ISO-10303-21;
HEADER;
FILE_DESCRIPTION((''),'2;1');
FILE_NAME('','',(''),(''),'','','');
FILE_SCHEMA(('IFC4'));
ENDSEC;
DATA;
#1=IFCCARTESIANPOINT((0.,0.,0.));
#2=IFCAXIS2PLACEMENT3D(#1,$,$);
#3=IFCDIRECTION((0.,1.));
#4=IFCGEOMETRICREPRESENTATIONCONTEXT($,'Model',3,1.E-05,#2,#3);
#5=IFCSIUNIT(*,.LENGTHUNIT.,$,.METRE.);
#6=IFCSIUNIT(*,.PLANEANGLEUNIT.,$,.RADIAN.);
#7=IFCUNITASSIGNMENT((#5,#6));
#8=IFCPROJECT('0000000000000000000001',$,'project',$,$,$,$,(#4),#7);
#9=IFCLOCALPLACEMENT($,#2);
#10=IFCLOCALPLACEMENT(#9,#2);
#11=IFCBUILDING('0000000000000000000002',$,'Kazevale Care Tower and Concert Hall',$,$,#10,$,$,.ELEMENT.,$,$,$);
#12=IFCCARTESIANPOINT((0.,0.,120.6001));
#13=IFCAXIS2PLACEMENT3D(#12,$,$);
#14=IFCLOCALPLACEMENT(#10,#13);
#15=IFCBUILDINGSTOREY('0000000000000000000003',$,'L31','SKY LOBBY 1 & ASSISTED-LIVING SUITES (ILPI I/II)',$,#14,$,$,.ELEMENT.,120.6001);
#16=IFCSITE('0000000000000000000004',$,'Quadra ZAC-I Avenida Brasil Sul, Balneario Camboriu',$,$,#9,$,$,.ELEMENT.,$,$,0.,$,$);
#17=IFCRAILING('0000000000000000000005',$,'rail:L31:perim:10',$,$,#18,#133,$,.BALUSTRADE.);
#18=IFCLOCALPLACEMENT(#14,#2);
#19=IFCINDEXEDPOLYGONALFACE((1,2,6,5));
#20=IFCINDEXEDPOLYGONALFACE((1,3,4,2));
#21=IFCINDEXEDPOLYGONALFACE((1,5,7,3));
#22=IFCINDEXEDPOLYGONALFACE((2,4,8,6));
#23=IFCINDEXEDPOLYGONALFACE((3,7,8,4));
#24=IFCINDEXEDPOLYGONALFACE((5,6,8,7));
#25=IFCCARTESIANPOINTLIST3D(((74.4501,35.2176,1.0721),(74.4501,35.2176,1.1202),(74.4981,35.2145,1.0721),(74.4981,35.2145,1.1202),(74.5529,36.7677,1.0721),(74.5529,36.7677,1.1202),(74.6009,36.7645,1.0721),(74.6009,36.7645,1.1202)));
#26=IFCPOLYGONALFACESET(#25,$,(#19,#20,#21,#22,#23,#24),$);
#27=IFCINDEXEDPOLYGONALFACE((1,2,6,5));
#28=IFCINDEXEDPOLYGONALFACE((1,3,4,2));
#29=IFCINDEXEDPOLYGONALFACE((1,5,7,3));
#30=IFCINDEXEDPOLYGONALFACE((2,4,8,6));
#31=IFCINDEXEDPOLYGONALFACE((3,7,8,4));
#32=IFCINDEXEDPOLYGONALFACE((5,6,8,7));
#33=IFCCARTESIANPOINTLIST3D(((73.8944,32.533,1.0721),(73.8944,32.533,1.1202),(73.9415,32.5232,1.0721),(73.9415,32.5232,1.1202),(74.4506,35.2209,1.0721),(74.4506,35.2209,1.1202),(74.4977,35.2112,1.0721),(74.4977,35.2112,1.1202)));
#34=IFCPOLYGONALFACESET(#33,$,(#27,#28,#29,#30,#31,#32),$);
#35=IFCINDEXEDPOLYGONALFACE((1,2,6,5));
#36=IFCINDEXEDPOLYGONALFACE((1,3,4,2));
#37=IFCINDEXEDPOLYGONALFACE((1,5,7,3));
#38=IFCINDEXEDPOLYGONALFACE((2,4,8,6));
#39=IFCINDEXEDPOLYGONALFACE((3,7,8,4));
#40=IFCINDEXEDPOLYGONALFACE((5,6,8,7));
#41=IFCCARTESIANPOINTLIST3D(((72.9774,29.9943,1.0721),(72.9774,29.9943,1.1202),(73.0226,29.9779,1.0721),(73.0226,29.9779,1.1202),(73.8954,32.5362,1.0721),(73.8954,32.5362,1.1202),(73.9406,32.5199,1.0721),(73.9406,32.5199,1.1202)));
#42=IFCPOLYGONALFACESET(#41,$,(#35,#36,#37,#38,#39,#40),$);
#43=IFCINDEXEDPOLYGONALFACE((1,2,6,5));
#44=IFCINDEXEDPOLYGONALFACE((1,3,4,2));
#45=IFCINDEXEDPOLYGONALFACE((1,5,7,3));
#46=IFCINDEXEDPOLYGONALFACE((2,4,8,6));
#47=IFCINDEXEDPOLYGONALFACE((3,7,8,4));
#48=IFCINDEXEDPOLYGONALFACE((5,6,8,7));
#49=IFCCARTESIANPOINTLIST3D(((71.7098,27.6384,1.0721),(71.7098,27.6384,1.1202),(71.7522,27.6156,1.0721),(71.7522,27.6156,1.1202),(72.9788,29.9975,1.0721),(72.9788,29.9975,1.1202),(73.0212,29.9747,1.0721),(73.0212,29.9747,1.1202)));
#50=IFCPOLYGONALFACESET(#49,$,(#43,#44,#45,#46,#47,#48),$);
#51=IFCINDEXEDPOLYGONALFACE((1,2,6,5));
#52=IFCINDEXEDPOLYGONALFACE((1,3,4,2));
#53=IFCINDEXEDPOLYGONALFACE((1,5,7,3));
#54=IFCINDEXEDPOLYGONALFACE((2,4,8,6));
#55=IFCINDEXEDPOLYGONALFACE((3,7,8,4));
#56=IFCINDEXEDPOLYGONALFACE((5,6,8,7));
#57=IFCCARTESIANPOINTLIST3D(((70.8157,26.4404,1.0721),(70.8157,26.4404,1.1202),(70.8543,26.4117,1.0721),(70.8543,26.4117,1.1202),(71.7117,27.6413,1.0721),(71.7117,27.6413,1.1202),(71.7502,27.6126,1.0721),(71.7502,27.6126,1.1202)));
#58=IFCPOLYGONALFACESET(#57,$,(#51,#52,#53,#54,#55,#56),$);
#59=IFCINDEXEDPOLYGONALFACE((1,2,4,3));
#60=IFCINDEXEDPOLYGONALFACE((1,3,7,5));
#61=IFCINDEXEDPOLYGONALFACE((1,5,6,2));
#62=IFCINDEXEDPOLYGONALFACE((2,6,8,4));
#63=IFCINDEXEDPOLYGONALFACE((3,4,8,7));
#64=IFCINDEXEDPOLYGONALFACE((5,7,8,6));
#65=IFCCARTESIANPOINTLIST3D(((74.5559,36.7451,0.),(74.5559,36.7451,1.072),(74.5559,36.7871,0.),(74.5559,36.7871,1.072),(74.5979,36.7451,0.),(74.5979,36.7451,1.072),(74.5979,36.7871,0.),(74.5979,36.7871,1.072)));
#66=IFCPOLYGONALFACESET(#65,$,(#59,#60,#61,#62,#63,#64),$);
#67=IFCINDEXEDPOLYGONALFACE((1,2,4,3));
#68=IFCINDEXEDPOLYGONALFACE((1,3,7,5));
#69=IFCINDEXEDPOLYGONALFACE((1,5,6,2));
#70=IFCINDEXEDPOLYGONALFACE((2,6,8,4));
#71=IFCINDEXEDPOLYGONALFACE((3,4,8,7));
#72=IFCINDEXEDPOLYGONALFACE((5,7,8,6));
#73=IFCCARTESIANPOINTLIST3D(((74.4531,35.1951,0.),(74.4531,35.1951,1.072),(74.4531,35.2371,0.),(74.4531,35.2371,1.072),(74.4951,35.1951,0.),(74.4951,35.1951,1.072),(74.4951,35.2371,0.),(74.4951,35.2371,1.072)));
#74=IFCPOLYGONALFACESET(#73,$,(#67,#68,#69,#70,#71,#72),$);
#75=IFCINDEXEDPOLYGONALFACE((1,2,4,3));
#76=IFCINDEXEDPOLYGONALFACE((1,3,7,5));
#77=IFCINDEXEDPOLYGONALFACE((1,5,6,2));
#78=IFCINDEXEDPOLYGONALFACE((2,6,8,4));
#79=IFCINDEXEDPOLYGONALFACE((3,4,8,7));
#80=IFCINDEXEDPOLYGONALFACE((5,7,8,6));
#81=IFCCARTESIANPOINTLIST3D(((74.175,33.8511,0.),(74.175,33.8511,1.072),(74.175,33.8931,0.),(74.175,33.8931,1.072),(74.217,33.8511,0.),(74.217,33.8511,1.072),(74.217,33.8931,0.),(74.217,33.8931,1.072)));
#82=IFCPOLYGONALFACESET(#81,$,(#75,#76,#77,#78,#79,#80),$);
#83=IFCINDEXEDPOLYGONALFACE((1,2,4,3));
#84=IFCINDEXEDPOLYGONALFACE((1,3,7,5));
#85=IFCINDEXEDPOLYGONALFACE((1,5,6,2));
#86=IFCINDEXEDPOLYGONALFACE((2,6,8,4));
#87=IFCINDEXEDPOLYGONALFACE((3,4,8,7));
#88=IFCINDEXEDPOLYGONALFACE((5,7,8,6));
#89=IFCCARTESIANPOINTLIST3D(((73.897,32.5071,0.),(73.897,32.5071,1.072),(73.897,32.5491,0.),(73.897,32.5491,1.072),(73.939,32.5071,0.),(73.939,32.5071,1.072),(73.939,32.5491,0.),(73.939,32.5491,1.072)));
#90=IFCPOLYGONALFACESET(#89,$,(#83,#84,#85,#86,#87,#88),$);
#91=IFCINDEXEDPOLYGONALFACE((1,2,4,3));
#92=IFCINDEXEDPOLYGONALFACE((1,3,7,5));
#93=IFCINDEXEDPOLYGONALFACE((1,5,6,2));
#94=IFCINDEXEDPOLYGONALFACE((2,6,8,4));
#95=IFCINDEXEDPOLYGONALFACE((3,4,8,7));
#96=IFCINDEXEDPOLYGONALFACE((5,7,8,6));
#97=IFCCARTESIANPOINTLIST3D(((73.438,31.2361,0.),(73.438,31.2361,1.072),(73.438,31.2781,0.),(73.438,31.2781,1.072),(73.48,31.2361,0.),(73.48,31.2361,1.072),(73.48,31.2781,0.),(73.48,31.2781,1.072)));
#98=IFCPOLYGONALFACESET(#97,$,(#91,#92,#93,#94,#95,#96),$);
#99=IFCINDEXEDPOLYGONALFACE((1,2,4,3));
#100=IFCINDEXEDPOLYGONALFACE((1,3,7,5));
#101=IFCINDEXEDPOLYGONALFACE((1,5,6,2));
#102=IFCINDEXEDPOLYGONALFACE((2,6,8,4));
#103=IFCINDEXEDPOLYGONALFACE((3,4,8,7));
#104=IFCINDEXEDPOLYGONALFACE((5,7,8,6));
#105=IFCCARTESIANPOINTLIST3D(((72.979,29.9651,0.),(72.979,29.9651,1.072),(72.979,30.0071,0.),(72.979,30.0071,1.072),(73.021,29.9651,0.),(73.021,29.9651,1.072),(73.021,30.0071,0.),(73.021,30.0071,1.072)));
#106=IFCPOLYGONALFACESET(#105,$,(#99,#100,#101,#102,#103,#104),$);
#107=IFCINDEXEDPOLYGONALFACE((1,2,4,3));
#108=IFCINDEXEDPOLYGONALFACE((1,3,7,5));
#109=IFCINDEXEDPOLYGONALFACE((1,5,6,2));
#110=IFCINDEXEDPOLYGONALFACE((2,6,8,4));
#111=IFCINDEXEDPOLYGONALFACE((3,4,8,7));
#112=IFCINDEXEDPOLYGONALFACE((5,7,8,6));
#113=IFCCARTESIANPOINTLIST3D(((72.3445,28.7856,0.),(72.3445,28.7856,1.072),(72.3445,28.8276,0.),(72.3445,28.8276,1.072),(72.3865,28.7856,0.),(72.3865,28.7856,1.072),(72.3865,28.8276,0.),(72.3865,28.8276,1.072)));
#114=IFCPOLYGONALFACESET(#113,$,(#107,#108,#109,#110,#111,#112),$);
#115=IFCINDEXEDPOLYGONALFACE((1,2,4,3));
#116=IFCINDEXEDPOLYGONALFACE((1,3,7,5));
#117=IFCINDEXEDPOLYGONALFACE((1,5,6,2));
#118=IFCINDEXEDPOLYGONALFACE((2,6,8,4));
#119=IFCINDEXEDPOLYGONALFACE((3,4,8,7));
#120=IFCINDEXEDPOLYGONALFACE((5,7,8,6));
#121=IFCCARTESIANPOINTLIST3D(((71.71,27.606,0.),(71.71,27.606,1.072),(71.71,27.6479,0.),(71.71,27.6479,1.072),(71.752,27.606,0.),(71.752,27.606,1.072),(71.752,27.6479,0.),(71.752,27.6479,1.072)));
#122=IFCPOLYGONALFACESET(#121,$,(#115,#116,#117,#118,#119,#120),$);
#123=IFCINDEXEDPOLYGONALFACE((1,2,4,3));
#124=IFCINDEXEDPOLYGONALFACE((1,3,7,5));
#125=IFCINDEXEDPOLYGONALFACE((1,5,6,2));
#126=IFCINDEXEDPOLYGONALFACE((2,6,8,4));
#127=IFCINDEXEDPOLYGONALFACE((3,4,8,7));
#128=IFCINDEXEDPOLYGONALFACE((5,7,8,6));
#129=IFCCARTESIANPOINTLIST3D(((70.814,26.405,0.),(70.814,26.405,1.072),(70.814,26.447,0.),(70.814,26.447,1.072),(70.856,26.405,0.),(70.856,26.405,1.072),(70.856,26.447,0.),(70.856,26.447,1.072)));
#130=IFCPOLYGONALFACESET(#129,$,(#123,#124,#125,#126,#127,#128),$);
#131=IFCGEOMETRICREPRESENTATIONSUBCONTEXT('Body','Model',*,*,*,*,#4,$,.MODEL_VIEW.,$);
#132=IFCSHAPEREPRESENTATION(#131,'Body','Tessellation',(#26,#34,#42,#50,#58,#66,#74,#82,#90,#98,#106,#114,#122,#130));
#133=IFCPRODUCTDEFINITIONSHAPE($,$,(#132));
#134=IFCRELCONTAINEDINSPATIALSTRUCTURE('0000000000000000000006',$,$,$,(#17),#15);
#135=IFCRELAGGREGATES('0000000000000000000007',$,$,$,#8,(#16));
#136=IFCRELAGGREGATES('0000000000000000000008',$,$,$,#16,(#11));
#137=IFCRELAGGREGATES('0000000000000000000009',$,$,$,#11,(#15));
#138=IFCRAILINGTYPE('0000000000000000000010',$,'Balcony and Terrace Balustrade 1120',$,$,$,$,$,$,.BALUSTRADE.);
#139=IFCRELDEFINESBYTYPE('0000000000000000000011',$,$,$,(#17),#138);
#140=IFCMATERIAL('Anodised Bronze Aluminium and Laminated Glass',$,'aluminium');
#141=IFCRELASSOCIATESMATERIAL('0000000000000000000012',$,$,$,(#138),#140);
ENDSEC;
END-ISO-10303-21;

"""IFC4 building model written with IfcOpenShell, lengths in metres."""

from ifc_helpers import new_model, si_unit, direction, frame, origin, origin_2d, place, context, subcontext, project, spatial, rectangle, extrude, material, type_object, element, save


model = new_model("IFC4")

# Units and contexts
model_context = context("Model", 3, precision=1e-05, world=origin(), true_north=direction((0.0, 1.0)))
body_context = subcontext(model_context, "Body", "Model", "MODEL_VIEW")
ifc_project = project(units=[si_unit("LENGTHUNIT", "METRE"), si_unit("PLANEANGLEUNIT", "RADIAN")], contexts=[model_context])

# Site, building, storey
site_placement = place(None, origin())
site = spatial("IfcSite", under=ifc_project, at=site_placement, Name="Quadra ZAC-I Avenida Brasil Sul, Balneario Camboriu", CompositionType="ELEMENT", RefElevation=0.0)
building_placement = place(site_placement, origin())
building = spatial("IfcBuilding", under=site, at=building_placement, Name="Kazevale Care Tower and Concert Hall", CompositionType="ELEMENT")
storey_placement = place(building_placement, frame((0.0, 0.0, 120.6001)))
storey = spatial("IfcBuildingStorey", under=building, at=storey_placement, Name="L31", Description="SKY LOBBY 1 & ASSISTED-LIVING SUITES (ILPI I/II)", CompositionType="ELEMENT", Elevation=120.6001)

# Railing
ifc_material_1 = material(Name="Anodised Bronze Aluminium and Laminated Glass", Category="aluminium")
railing_type = type_object("IfcRailingType", Name="Balcony and Terrace Balustrade 1120", PredefinedType="BALUSTRADE", material=ifc_material_1)
railing_placement = place(storey_placement, frame((74.5769, 36.7661, 0.0)))
element("IfcRailing", 1, at=railing_placement, inside=storey, type_object=railing_type, Name="rail:L31:perim:10", PredefinedType="BALUSTRADE", context=body_context, shape_type="SweptSolid", body=[
    extrude(rectangle(XDim=0.0481, YDim=0.0481, at=origin_2d()), frame((0.0, 0.0, 1.0962), z_axis=(-0.066164, -0.997809, 0.0), x_axis=(0.997809, -0.066164, 0.0)), (0.0, 0.0, 1.0), 1.5535),
    extrude(rectangle(XDim=0.0481, YDim=0.0481, at=origin_2d()), frame((-0.1028, -1.55, 1.0962), z_axis=(-0.202611, -0.979259, 0.0), x_axis=(0.979259, -0.202611, 0.0)), (0.0, 0.0, 1.0), 2.7449),
    extrude(rectangle(XDim=0.0481, YDim=0.0481, at=origin_2d()), frame((-0.6589, -4.238, 1.0962), z_axis=(-0.339653, -0.940551, 0.0), x_axis=(0.940551, -0.339653, 0.0)), (0.0, 0.0, 1.0), 2.7026),
    extrude(rectangle(XDim=0.0481, YDim=0.0481, at=origin_2d()), frame((-1.5769, -6.78, 1.0962), z_axis=(-0.473736, -0.880667, 0.0), x_axis=(0.880667, -0.473736, 0.0)), (0.0, 0.0, 1.0), 2.6787),
    extrude(rectangle(XDim=0.0481, YDim=0.0481, at=origin_2d()), frame((-2.8459, -9.1392, 1.0962), z_axis=(-0.597991, -0.801503, 0.0), x_axis=(0.801503, -0.597991, 0.0)), (0.0, 0.0, 1.0), 1.4983),
    extrude(rectangle(XDim=0.042, YDim=0.042, at=origin_2d()), origin(), (0.0, 0.0, 1.0), 1.072),
    extrude(rectangle(XDim=0.042, YDim=0.042, at=origin_2d()), frame((-0.1028, -1.55, 0.0)), (0.0, 0.0, 1.0), 1.072),
    extrude(rectangle(XDim=0.042, YDim=0.042, at=origin_2d()), frame((-0.3809, -2.894, 0.0)), (0.0, 0.0, 1.0), 1.072),
    extrude(rectangle(XDim=0.042, YDim=0.042, at=origin_2d()), frame((-0.6589, -4.238, 0.0)), (0.0, 0.0, 1.0), 1.072),
    extrude(rectangle(XDim=0.042, YDim=0.042, at=origin_2d()), frame((-1.1179, -5.509, 0.0)), (0.0, 0.0, 1.0), 1.072),
    extrude(rectangle(XDim=0.042, YDim=0.042, at=origin_2d()), frame((-1.5769, -6.78, 0.0)), (0.0, 0.0, 1.0), 1.072),
    extrude(rectangle(XDim=0.042, YDim=0.042, at=origin_2d()), frame((-2.2114, -7.9595, 0.0)), (0.0, 0.0, 1.0), 1.072),
    extrude(rectangle(XDim=0.042, YDim=0.042, at=origin_2d()), frame((-2.8459, -9.1392, 0.0)), (0.0, 0.0, 1.0), 1.072),
    extrude(rectangle(XDim=0.042, YDim=0.042, at=origin_2d()), frame((-3.7419, -10.3401, 0.0)), (0.0, 0.0, 1.0), 1.072),
])

save(model, "model.ifc")
